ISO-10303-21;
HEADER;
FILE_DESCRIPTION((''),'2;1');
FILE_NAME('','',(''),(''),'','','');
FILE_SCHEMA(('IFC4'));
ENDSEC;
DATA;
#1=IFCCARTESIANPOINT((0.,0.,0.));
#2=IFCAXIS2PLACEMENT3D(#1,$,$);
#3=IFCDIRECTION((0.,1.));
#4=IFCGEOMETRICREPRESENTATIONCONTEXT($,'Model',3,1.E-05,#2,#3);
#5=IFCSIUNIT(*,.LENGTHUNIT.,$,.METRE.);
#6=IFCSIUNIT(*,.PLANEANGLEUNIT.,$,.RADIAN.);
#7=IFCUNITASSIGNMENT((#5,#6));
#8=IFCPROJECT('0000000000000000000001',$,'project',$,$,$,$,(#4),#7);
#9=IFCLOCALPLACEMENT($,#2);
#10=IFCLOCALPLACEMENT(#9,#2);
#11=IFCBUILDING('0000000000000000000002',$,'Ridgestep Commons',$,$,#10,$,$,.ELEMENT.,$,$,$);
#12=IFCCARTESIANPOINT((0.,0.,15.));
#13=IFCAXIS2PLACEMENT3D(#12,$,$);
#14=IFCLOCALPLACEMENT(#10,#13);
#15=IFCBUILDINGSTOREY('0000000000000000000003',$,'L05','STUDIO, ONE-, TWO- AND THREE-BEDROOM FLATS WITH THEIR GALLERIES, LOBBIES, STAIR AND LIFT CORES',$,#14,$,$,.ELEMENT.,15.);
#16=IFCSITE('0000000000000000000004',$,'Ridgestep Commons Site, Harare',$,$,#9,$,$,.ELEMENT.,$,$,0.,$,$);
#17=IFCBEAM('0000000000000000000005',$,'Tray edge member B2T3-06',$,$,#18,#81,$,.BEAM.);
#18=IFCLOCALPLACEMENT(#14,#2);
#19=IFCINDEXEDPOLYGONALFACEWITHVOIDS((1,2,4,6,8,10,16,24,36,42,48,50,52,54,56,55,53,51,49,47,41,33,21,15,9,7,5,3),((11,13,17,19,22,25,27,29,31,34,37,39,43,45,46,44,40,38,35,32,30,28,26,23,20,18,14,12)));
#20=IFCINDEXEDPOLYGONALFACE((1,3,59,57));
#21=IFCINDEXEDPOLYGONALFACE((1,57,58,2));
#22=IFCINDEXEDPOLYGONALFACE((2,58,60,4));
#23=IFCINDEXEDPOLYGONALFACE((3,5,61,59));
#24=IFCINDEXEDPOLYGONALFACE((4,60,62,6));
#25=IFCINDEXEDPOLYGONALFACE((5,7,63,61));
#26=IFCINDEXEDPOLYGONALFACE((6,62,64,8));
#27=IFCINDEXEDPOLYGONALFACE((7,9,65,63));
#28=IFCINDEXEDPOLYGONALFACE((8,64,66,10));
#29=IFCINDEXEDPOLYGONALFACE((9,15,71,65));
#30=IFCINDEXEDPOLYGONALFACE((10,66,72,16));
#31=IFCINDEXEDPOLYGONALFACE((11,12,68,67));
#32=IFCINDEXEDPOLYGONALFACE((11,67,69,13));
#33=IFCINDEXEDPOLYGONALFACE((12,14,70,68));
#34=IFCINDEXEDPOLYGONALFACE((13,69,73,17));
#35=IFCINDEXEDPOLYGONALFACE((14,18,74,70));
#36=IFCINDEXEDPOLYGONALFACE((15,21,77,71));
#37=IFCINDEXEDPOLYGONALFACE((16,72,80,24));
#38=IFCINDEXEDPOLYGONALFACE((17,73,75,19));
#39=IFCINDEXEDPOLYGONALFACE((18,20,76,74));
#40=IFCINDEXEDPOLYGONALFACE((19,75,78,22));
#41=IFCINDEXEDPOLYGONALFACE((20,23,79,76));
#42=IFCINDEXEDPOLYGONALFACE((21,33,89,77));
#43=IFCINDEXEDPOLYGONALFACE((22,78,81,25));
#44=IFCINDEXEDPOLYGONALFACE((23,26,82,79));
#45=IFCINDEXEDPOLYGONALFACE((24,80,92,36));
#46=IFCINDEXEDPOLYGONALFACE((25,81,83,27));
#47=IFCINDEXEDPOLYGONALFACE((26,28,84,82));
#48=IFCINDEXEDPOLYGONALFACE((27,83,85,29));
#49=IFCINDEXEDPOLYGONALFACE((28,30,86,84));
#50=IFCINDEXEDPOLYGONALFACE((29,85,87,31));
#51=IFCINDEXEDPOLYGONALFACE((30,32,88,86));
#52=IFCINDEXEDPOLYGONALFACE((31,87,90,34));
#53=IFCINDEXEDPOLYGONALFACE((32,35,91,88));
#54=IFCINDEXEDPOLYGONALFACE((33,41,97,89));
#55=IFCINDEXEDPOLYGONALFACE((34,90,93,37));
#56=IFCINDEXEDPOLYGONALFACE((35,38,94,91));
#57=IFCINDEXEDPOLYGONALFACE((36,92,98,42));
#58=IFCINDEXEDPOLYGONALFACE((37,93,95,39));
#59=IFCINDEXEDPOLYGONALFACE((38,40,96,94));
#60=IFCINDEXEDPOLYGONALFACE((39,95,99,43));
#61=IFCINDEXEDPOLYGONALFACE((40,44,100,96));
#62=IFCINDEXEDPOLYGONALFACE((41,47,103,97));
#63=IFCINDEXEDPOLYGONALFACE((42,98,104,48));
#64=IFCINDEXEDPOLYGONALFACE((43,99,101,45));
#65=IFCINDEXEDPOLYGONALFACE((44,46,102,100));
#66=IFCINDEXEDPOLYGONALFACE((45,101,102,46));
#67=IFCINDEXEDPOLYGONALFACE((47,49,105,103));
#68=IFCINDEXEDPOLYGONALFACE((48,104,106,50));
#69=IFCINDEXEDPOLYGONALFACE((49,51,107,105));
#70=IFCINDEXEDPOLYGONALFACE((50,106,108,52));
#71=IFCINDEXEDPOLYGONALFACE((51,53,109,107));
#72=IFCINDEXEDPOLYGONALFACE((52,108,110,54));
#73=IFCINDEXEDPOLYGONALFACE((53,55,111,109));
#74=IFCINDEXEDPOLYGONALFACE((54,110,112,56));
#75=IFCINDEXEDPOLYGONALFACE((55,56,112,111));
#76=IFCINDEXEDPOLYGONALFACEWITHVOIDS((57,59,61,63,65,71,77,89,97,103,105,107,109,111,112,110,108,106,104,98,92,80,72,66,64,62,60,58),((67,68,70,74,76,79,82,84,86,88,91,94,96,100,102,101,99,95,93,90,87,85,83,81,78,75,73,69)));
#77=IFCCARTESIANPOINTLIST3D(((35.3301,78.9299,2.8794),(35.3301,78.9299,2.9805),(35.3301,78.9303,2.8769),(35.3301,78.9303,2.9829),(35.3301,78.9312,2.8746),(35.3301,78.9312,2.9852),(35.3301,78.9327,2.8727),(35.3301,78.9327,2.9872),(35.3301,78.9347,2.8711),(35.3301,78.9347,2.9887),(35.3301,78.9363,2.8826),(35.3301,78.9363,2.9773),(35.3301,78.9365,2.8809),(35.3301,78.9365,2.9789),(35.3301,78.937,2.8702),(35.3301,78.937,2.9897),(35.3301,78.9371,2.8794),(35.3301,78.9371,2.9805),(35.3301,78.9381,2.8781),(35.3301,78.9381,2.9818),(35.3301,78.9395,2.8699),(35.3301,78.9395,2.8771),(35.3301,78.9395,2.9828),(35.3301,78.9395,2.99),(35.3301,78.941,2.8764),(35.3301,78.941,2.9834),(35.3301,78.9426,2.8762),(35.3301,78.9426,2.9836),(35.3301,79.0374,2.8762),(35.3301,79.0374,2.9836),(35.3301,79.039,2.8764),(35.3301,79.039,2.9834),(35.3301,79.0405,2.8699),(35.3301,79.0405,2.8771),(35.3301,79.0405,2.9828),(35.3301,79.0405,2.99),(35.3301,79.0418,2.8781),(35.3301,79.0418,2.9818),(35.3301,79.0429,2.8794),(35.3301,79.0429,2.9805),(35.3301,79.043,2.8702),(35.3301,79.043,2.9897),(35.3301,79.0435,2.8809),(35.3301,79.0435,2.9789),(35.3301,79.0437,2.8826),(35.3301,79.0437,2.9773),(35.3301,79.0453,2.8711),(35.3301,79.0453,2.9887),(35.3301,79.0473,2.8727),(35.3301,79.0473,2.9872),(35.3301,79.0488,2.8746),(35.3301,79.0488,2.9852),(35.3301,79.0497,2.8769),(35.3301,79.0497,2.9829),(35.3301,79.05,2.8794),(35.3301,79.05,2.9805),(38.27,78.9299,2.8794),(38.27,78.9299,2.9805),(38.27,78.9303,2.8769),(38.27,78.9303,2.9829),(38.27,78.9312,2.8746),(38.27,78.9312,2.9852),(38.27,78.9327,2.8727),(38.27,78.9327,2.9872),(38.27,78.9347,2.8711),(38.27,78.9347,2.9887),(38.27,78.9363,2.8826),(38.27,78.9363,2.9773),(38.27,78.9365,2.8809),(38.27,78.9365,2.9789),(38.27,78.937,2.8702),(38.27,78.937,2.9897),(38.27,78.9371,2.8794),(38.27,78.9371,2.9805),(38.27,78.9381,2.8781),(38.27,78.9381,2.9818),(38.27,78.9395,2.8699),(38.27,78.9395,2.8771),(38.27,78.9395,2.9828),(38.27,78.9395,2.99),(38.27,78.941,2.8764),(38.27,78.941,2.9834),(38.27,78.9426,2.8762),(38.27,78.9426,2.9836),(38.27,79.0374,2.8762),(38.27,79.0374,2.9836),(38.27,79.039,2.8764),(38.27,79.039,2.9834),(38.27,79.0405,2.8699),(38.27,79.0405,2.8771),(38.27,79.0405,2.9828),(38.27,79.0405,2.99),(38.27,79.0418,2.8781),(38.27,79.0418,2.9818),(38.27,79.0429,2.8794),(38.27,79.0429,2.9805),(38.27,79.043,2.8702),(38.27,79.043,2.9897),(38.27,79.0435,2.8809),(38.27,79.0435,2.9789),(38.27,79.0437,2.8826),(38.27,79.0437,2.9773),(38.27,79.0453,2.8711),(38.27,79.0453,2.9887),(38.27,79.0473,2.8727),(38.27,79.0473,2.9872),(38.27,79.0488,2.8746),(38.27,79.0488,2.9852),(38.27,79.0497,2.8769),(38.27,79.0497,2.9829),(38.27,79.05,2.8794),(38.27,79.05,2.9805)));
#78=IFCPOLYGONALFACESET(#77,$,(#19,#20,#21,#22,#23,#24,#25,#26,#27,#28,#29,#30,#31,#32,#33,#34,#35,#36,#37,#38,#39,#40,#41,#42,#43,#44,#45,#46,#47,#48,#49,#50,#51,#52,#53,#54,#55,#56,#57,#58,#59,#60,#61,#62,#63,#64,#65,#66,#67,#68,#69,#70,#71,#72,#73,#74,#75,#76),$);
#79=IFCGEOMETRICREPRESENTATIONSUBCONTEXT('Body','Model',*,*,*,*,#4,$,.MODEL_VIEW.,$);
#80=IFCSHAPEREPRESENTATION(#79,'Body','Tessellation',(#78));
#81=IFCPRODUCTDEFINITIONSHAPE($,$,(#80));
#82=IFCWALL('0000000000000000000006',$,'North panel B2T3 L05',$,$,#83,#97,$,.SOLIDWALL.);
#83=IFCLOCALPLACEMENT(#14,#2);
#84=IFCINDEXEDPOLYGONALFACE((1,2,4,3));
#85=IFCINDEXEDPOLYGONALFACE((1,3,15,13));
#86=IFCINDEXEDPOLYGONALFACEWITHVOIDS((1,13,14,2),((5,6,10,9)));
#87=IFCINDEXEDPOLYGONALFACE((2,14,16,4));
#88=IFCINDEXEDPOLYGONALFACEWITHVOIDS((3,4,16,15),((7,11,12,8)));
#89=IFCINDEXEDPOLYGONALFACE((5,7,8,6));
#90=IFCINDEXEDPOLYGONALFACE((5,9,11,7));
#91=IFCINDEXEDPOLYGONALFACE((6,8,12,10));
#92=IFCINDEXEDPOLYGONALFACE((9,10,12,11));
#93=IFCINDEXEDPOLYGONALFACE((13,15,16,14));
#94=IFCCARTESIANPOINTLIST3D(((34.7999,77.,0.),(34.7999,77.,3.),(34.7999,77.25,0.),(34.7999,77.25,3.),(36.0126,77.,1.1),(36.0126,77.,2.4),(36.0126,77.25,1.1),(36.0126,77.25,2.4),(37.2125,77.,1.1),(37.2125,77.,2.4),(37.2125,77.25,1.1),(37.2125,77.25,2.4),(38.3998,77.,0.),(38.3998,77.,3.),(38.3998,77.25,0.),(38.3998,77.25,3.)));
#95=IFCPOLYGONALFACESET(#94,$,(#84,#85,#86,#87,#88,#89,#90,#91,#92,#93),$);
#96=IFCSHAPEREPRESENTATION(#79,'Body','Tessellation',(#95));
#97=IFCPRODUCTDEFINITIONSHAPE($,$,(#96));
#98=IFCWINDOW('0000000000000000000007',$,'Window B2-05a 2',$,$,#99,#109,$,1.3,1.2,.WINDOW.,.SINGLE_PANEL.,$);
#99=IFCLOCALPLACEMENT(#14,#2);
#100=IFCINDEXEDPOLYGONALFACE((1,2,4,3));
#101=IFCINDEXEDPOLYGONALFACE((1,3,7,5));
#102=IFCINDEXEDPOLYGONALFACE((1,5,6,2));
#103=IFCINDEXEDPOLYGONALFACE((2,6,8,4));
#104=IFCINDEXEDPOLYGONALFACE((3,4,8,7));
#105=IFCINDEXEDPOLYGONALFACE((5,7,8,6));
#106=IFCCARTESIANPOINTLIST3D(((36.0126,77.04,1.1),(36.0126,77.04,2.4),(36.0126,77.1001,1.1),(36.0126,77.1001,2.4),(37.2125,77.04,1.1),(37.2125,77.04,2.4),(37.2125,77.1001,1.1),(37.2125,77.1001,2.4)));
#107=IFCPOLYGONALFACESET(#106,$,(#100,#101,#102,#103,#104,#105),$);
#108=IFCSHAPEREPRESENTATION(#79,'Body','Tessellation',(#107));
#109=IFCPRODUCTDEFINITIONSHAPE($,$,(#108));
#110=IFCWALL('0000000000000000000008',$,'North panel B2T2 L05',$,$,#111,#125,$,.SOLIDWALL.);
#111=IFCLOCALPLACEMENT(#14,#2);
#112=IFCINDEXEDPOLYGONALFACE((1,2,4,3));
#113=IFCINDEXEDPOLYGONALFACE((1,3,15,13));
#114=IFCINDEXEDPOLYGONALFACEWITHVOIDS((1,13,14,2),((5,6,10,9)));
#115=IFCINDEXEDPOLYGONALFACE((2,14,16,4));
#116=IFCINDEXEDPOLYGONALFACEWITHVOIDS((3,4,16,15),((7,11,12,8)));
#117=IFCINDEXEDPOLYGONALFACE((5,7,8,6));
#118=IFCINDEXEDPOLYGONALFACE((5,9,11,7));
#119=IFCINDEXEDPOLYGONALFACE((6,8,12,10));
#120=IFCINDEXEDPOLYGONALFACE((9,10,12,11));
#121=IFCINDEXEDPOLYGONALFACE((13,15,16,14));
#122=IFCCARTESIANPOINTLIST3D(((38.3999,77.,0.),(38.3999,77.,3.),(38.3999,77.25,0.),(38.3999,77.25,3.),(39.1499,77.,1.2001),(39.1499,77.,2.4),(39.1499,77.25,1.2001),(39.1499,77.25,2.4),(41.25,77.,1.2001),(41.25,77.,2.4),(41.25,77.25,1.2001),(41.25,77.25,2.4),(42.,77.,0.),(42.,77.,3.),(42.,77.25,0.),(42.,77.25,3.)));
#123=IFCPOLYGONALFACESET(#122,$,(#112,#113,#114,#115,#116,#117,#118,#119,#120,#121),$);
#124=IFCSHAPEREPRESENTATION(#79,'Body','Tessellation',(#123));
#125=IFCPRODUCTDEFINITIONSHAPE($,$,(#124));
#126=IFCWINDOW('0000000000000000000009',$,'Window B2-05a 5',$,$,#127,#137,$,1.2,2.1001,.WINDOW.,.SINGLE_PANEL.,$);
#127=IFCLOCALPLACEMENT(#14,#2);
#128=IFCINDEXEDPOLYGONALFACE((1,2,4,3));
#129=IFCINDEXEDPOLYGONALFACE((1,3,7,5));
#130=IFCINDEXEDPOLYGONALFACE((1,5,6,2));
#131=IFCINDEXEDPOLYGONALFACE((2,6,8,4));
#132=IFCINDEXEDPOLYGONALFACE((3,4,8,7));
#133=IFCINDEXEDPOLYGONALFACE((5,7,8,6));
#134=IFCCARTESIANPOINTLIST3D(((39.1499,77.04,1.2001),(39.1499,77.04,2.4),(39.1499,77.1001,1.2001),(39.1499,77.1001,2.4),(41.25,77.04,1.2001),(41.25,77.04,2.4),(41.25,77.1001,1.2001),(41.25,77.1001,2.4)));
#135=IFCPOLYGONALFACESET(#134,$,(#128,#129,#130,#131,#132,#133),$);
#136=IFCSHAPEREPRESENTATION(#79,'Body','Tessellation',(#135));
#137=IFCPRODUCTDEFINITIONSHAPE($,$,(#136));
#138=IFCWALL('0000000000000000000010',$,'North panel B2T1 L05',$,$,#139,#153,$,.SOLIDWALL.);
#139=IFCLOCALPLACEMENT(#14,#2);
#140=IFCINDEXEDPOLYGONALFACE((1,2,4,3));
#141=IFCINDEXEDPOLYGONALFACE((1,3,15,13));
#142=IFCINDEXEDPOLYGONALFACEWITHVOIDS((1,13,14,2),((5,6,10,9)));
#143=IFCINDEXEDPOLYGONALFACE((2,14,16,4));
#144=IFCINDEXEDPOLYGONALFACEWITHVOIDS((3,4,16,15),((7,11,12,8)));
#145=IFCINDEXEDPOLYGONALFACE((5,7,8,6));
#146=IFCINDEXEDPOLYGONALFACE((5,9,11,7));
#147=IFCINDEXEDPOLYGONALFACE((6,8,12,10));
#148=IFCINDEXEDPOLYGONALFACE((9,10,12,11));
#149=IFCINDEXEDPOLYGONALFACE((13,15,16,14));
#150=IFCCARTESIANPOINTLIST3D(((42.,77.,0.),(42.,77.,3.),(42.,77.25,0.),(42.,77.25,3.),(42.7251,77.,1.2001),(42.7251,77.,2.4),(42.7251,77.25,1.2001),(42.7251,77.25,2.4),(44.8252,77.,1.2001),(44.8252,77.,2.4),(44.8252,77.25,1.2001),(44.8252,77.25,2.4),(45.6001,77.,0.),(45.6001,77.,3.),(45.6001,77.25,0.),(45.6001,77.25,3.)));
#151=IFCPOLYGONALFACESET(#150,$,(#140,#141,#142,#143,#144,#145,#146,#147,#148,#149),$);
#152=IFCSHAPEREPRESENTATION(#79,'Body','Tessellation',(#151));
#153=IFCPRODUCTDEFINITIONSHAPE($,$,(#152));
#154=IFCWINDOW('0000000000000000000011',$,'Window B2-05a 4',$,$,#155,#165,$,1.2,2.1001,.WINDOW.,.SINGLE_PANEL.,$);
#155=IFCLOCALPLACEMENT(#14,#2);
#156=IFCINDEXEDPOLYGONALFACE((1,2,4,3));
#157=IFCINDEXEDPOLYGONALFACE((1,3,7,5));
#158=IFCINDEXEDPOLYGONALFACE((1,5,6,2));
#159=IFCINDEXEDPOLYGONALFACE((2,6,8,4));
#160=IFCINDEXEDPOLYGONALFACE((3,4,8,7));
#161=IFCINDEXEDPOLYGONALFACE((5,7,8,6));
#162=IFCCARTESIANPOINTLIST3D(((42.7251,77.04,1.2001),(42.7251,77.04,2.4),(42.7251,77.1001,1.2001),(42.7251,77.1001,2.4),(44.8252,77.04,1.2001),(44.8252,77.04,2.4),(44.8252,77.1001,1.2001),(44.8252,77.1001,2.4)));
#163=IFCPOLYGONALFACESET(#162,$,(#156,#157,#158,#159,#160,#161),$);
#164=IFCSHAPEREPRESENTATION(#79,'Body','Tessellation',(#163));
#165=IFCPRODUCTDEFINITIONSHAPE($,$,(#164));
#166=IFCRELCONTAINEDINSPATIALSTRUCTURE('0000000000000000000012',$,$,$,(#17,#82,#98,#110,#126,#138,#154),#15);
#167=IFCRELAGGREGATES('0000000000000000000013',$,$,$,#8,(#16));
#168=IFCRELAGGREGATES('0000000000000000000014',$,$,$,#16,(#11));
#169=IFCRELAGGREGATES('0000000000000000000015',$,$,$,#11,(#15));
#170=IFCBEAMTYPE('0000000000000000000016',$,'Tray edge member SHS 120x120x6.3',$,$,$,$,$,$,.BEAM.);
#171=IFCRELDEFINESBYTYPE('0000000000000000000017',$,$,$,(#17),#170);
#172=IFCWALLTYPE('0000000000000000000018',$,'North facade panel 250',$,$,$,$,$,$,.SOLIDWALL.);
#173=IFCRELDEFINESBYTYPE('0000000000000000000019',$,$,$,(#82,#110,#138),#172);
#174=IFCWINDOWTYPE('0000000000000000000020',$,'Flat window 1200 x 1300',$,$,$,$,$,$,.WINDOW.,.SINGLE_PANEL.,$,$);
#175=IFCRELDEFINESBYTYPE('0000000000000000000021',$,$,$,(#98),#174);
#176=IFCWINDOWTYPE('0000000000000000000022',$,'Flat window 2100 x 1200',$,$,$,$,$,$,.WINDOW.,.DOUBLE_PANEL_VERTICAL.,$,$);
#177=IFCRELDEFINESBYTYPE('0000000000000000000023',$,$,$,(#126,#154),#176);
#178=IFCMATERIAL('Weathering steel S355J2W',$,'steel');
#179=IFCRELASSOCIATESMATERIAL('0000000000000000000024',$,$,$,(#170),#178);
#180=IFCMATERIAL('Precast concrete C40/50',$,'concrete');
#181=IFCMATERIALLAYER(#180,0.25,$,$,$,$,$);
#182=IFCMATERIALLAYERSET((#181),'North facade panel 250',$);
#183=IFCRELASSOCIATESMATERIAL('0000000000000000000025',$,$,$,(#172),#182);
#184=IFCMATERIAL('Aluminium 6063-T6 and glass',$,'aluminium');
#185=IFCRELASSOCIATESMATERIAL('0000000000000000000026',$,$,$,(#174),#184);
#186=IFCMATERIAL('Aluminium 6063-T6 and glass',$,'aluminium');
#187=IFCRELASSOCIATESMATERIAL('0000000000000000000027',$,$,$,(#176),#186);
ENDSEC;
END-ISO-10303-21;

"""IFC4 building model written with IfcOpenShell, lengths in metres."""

from ifc_helpers import new_model, si_unit, direction, frame, frame_2d, origin, origin_2d, place, context, subcontext, project, spatial, rectangle, hollow_rectangle, extrude, material, layer, layer_set, material_profile, profile_set, type_object, element, fill, save


model = new_model("IFC4")

# Units and contexts
model_context = context("Model", 3, precision=1e-05, world=origin(), true_north=direction((0.0, 1.0)))
body_context = subcontext(model_context, "Body", "Model", "MODEL_VIEW")
ifc_project = project(units=[si_unit("LENGTHUNIT", "METRE"), si_unit("PLANEANGLEUNIT", "RADIAN")], contexts=[model_context])

# Site, building, storey
site_placement = place(None, origin())
site = spatial("IfcSite", under=ifc_project, at=site_placement, Name="Ridgestep Commons Site, Harare", CompositionType="ELEMENT", RefElevation=0.0)
building_placement = place(site_placement, origin())
building = spatial("IfcBuilding", under=site, at=building_placement, Name="Ridgestep Commons", CompositionType="ELEMENT")
storey_placement = place(building_placement, frame((0.0, 0.0, 15.0)))
storey = spatial("IfcBuildingStorey", under=building, at=storey_placement, Name="L05", Description="STUDIO, ONE-, TWO- AND THREE-BEDROOM FLATS WITH THEIR GALLERIES, LOBBIES, STAIR AND LIFT CORES", CompositionType="ELEMENT", Elevation=15.0)

# Beam
ifc_material_1 = material(Name="Weathering steel S355J2W", Category="steel")
ifc_material_profile_1 = material_profile(ifc_material_1, hollow_rectangle(XDim=0.1201, YDim=0.1201, WallThickness=0.0063, InnerFilletRadius=0.0063, OuterFilletRadius=0.0095, at=origin_2d()), Name="SHS 120x120x6.3")
ifc_profile_set_1 = profile_set([ifc_material_profile_1], Name="Weathering steel S355J2W")
beam_type_1 = type_object("IfcBeamType", Name="Tray edge member SHS 120x120x6.3", PredefinedType="BEAM", material=ifc_profile_set_1)
beam_placement = place(storey_placement, frame((35.3301, 78.99, 2.9299), z_axis=(1.0, 0.0, 0.0), x_axis=(0.0, 0.0, 1.0)))
element("IfcBeam", 1, at=beam_placement, inside=storey, type_object=beam_type_1, Name="Tray edge member B2T3-06", PredefinedType="BEAM", context=body_context, shape_type="SweptSolid", body=[
    extrude(hollow_rectangle(XDim=0.1201, YDim=0.1201, WallThickness=0.0063, InnerFilletRadius=0.0063, OuterFilletRadius=0.0095, at=origin_2d()), origin(), (0.0, 0.0, 1.0), 2.9399),
])

# Walls, openings, windows
ifc_material_2 = material(Name="Precast concrete C40/50", Category="concrete")
ifc_layer_1 = layer(ifc_material_2, 0.25)
ifc_layer_set_1 = layer_set([ifc_layer_1], Name="North facade panel 250")
wall_type_1 = type_object("IfcWallType", Name="North facade panel 250", PredefinedType="SOLIDWALL", material=ifc_layer_set_1)
wall_1_placement = place(storey_placement, frame((34.8, 77.125, 0.0), z_axis=(0.0, 0.0, 1.0), x_axis=(1.0, 0.0, 0.0)))
wall_1 = element("IfcWall", 2, at=wall_1_placement, inside=storey, type_object=wall_type_1, Name="North panel B2T3 L05", PredefinedType="SOLIDWALL", context=body_context, shape_type="SweptSolid", body=[
    extrude(rectangle(XDim=3.5999, YDim=0.25, at=frame_2d((1.7998, 0.0))), origin(), (0.0, 0.0, 1.0), 3.0),
])
opening_1_placement = place(wall_1_placement, frame((1.2124, 0.0, 1.1001)))
opening_1 = element("IfcOpeningElement", 3, at=opening_1_placement, cuts=wall_1, PredefinedType="OPENING", context=body_context, shape_type="SweptSolid", body=[
    extrude(rectangle(XDim=1.2, YDim=1.3, at=frame_2d((0.6001, 0.6499))), frame((0.0, 0.135, 0.0), z_axis=(0.0, -1.0, 0.0), x_axis=(1.0, 0.0, 0.0)), (0.0, 0.0, 1.0), 0.27),
])
ifc_material_3 = material(Name="Aluminium 6063-T6 and glass", Category="aluminium")
window_type_1 = type_object("IfcWindowType", Name="Flat window 1200 x 1300", PartitioningType="SINGLE_PANEL", PredefinedType="WINDOW", material=ifc_material_3)
window_1_placement = place(opening_1_placement, origin())
window_1 = element("IfcWindow", 4, at=window_1_placement, inside=storey, type_object=window_type_1, Name="Window B2-05a 2", OverallHeight=1.3, OverallWidth=1.2, PartitioningType="SINGLE_PANEL", PredefinedType="WINDOW", context=body_context, shape_type="SweptSolid", body=[
    extrude(rectangle(XDim=1.2, YDim=1.3, at=frame_2d((0.6001, 0.6499))), frame((0.0, -0.0249, 0.0), z_axis=(0.0, -1.0, 0.0), x_axis=(1.0, 0.0, 0.0)), (0.0, 0.0, 1.0), 0.0601),
])
fill(opening_1, window_1)
wall_2_placement = place(storey_placement, frame((38.3999, 77.125, 0.0), z_axis=(0.0, 0.0, 1.0), x_axis=(1.0, 0.0, 0.0)))
wall_2 = element("IfcWall", 5, at=wall_2_placement, inside=storey, type_object=wall_type_1, Name="North panel B2T2 L05", PredefinedType="SOLIDWALL", context=body_context, shape_type="SweptSolid", body=[
    extrude(rectangle(XDim=3.6001, YDim=0.25, at=frame_2d((1.8, 0.0))), origin(), (0.0, 0.0, 1.0), 3.0),
])
opening_2_placement = place(wall_2_placement, frame((0.75, 0.0, 1.2)))
opening_2 = element("IfcOpeningElement", 6, at=opening_2_placement, cuts=wall_2, PredefinedType="OPENING", context=body_context, shape_type="SweptSolid", body=[
    extrude(rectangle(XDim=2.1001, YDim=1.2, at=frame_2d((1.05, 0.6001))), frame((0.0, 0.135, 0.0), z_axis=(0.0, -1.0, 0.0), x_axis=(1.0, 0.0, 0.0)), (0.0, 0.0, 1.0), 0.27),
])
ifc_material_4 = material(Name="Aluminium 6063-T6 and glass", Category="aluminium")
window_type_2 = type_object("IfcWindowType", Name="Flat window 2100 x 1200", PartitioningType="DOUBLE_PANEL_VERTICAL", PredefinedType="WINDOW", material=ifc_material_4)
window_2_placement = place(opening_2_placement, origin())
window_2 = element("IfcWindow", 7, at=window_2_placement, inside=storey, type_object=window_type_2, Name="Window B2-05a 5", OverallHeight=1.2, OverallWidth=2.1001, PartitioningType="SINGLE_PANEL", PredefinedType="WINDOW", context=body_context, shape_type="SweptSolid", body=[
    extrude(rectangle(XDim=2.1001, YDim=1.2, at=frame_2d((1.05, 0.6001))), frame((0.0, -0.0249, 0.0), z_axis=(0.0, -1.0, 0.0), x_axis=(1.0, 0.0, 0.0)), (0.0, 0.0, 1.0), 0.0601),
])
fill(opening_2, window_2)
wall_3_placement = place(storey_placement, frame((42.0, 77.125, 0.0), z_axis=(0.0, 0.0, 1.0), x_axis=(1.0, 0.0, 0.0)))
wall_3 = element("IfcWall", 8, at=wall_3_placement, inside=storey, type_object=wall_type_1, Name="North panel B2T1 L05", PredefinedType="SOLIDWALL", context=body_context, shape_type="SweptSolid", body=[
    extrude(rectangle(XDim=3.6001, YDim=0.25, at=frame_2d((1.8, 0.0))), origin(), (0.0, 0.0, 1.0), 3.0),
])
opening_3_placement = place(wall_3_placement, frame((0.7251, 0.0, 1.2)))
opening_3 = element("IfcOpeningElement", 9, at=opening_3_placement, cuts=wall_3, PredefinedType="OPENING", context=body_context, shape_type="SweptSolid", body=[
    extrude(rectangle(XDim=2.1001, YDim=1.2, at=frame_2d((1.05, 0.6001))), frame((0.0, 0.135, 0.0), z_axis=(0.0, -1.0, 0.0), x_axis=(1.0, 0.0, 0.0)), (0.0, 0.0, 1.0), 0.27),
])
window_3_placement = place(opening_3_placement, origin())
window_3 = element("IfcWindow", 10, at=window_3_placement, inside=storey, type_object=window_type_2, Name="Window B2-05a 4", OverallHeight=1.2, OverallWidth=2.1001, PartitioningType="SINGLE_PANEL", PredefinedType="WINDOW", context=body_context, shape_type="SweptSolid", body=[
    extrude(rectangle(XDim=2.1001, YDim=1.2, at=frame_2d((1.05, 0.6001))), frame((0.0, -0.0249, 0.0), z_axis=(0.0, -1.0, 0.0), x_axis=(1.0, 0.0, 0.0)), (0.0, 0.0, 1.0), 0.0601),
])
fill(opening_3, window_3)

save(model, "model.ifc")
